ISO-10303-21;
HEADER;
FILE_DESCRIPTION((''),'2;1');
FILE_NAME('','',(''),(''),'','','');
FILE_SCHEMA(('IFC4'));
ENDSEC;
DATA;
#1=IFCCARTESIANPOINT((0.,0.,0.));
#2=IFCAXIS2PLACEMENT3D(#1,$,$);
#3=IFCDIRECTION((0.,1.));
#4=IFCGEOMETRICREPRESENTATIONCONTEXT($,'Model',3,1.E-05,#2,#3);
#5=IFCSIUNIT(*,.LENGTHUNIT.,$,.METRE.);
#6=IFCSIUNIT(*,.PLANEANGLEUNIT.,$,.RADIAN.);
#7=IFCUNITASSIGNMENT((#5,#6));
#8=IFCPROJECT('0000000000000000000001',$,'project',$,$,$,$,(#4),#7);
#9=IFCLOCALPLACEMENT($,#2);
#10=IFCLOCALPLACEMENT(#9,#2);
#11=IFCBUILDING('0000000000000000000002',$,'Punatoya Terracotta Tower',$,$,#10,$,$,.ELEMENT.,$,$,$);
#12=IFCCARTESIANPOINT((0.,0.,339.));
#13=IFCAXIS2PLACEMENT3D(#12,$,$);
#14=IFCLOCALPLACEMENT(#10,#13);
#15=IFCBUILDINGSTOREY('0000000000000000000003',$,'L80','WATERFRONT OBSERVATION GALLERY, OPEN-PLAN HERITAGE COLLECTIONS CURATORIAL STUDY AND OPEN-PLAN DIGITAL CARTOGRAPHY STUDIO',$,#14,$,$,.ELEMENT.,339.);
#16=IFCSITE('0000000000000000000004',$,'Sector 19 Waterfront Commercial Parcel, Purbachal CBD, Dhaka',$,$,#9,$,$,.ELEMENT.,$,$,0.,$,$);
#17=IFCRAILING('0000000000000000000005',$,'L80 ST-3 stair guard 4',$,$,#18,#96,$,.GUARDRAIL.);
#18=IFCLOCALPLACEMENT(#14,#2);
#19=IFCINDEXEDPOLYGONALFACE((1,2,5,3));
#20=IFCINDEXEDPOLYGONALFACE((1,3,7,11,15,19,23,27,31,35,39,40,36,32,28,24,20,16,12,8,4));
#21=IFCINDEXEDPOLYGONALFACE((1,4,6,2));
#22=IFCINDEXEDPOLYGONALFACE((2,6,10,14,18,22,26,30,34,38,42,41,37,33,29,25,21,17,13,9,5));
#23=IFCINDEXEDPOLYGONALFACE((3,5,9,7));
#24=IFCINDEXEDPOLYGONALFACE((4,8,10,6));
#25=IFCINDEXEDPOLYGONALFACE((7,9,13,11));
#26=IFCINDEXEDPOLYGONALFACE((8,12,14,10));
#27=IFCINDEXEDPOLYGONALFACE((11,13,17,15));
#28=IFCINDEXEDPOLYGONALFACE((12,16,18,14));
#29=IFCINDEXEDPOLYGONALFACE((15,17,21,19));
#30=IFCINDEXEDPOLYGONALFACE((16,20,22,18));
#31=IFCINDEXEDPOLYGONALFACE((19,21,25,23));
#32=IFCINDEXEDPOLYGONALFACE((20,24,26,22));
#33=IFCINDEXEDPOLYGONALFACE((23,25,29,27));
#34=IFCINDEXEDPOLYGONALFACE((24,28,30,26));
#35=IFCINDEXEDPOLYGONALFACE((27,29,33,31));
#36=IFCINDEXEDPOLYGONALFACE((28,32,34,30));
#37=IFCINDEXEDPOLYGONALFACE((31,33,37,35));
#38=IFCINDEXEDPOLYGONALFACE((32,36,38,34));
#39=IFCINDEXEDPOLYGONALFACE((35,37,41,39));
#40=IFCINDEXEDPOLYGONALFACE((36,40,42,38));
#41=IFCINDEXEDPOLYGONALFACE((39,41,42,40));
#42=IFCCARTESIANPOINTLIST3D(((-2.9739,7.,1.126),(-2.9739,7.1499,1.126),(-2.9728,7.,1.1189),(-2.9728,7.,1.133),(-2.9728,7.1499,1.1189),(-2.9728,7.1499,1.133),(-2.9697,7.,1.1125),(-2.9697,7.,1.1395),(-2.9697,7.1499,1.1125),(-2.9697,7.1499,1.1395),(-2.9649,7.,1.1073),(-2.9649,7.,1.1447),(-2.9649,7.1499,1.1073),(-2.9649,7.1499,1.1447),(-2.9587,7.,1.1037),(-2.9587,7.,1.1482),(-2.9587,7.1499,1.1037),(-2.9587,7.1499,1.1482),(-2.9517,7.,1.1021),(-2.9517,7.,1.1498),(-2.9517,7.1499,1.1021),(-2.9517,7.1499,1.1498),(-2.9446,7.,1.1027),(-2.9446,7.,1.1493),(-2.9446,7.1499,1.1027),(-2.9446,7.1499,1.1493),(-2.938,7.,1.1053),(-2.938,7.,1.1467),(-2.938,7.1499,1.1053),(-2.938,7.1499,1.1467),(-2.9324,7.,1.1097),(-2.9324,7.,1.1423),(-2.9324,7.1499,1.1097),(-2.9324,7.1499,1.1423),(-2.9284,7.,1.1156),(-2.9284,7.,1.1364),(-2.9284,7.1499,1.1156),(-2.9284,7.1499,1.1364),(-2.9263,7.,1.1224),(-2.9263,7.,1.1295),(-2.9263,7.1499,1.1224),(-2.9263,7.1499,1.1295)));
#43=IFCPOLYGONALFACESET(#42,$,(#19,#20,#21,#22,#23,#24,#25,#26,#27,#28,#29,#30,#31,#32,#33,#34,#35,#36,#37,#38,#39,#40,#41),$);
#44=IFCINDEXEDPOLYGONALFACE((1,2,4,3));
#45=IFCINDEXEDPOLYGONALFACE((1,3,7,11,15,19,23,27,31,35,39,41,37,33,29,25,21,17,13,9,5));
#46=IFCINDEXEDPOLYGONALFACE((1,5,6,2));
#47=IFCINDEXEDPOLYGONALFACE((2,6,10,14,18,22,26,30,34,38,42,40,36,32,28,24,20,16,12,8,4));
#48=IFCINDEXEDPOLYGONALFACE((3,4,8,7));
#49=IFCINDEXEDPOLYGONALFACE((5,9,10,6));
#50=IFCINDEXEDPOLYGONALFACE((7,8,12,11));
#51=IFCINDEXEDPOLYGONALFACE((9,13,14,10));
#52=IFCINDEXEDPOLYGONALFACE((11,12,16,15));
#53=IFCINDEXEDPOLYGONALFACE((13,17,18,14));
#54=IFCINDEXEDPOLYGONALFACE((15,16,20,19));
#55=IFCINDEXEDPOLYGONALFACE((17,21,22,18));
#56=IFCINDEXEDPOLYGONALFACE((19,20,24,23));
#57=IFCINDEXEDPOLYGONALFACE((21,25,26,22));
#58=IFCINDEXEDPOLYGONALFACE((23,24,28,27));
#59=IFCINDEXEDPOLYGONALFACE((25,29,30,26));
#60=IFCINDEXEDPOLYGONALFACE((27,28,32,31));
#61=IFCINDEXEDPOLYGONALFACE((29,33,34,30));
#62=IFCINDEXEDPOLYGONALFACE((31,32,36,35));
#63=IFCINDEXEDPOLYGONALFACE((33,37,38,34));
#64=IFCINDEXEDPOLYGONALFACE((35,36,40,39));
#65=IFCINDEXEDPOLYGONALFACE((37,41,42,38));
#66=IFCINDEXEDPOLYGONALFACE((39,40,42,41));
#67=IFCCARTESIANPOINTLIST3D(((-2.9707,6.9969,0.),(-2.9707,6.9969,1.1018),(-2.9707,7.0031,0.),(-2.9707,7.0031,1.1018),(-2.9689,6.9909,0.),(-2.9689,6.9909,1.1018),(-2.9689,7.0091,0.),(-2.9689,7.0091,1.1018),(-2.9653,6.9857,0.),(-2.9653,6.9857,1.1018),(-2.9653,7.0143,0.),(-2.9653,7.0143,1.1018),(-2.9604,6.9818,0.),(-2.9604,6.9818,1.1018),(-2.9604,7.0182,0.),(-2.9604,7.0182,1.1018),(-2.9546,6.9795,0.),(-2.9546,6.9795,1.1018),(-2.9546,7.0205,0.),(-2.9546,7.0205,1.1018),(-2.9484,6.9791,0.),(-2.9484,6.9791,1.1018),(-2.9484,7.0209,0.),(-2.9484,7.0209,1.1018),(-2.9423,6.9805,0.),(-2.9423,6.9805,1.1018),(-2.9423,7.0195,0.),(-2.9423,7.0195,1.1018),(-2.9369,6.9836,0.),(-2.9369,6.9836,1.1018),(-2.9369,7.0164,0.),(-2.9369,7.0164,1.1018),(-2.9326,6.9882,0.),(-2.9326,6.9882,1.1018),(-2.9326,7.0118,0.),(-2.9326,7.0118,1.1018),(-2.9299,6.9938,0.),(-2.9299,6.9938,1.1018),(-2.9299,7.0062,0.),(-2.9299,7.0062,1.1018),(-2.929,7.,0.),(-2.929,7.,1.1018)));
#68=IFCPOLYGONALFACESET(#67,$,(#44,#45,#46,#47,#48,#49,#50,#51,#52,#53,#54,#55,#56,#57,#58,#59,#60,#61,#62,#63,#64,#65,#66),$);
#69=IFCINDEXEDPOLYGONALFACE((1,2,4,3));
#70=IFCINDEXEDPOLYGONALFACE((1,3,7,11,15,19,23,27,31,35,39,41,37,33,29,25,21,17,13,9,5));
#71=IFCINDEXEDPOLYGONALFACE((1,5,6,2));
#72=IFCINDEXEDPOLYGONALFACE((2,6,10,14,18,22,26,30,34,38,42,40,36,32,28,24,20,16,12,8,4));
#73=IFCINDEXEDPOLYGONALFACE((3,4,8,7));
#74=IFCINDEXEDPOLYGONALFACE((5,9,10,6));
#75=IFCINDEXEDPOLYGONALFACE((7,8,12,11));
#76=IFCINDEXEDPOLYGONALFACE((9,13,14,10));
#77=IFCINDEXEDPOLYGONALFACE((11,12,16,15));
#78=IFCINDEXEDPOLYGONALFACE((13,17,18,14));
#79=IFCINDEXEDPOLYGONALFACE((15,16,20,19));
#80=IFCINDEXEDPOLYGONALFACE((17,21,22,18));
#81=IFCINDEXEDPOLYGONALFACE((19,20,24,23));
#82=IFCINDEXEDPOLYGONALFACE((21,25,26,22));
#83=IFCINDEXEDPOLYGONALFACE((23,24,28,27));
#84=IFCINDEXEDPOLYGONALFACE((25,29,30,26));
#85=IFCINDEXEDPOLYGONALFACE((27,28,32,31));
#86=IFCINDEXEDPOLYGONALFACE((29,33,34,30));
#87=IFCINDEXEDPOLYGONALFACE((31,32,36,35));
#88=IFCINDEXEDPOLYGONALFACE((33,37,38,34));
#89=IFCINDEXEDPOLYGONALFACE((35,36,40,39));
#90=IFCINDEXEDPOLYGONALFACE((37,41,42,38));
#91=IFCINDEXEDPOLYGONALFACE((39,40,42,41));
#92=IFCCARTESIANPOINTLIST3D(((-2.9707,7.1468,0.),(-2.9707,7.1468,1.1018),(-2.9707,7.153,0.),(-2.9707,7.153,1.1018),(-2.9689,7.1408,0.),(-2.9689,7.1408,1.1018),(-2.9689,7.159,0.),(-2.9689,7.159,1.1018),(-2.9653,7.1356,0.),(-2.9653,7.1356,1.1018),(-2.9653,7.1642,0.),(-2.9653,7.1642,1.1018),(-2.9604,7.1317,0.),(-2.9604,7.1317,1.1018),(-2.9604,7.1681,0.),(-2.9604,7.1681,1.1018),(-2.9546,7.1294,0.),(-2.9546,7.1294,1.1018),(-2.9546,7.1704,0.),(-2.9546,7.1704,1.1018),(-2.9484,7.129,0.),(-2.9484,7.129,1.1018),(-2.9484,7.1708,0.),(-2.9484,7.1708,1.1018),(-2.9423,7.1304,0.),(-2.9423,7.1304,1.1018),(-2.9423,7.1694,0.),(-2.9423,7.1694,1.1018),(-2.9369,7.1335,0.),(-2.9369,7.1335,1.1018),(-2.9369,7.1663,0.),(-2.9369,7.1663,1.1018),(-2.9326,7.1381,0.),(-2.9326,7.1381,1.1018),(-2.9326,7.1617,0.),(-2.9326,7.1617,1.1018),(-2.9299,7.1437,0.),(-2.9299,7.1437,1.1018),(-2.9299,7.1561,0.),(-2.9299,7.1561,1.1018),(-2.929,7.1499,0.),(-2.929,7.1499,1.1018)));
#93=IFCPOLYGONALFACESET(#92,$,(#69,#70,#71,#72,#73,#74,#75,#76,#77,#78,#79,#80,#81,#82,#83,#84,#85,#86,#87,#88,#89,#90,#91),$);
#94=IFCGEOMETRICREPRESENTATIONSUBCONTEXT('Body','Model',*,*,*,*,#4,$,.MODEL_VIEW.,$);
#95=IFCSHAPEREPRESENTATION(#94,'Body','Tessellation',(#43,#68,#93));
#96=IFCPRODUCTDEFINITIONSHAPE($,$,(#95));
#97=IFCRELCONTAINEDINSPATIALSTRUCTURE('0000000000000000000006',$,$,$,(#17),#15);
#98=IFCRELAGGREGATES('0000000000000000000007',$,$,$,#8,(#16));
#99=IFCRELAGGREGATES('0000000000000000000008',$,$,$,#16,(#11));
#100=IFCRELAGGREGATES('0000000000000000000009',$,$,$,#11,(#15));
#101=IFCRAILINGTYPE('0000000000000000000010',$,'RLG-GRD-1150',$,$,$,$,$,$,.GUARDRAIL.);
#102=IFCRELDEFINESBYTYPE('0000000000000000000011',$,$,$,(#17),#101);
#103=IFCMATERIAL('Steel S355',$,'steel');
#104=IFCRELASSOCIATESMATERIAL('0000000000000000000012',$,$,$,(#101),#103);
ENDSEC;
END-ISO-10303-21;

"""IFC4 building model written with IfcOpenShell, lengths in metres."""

from ifc_helpers import new_model, si_unit, direction, frame, origin, origin_2d, place, context, subcontext, project, spatial, circle, extrude, material, type_object, element, save


model = new_model("IFC4")

# Units and contexts
model_context = context("Model", 3, precision=1e-05, world=origin(), true_north=direction((0.0, 1.0)))
body_context = subcontext(model_context, "Body", "Model", "MODEL_VIEW")
ifc_project = project(units=[si_unit("LENGTHUNIT", "METRE"), si_unit("PLANEANGLEUNIT", "RADIAN")], contexts=[model_context])

# Site, building, storey
site_placement = place(None, origin())
site = spatial("IfcSite", under=ifc_project, at=site_placement, Name="Sector 19 Waterfront Commercial Parcel, Purbachal CBD, Dhaka", CompositionType="ELEMENT", RefElevation=0.0)
building_placement = place(site_placement, origin())
building = spatial("IfcBuilding", under=site, at=building_placement, Name="Punatoya Terracotta Tower", CompositionType="ELEMENT")
storey_placement = place(building_placement, frame((0.0, 0.0, 339.0)))
storey = spatial("IfcBuildingStorey", under=building, at=storey_placement, Name="L80", Description="WATERFRONT OBSERVATION GALLERY, OPEN-PLAN HERITAGE COLLECTIONS CURATORIAL STUDY AND OPEN-PLAN DIGITAL CARTOGRAPHY STUDIO", CompositionType="ELEMENT", Elevation=339.0)

# Shared definitions
ifc_material_1 = material(Name="Steel S355", Category="steel")

# Railing
railing_type_1 = type_object("IfcRailingType", Name="RLG-GRD-1150", PredefinedType="GUARDRAIL", material=ifc_material_1)
railing_1_placement = place(storey_placement, frame((-2.95, 7.0, 0.0)))
element("IfcRailing", 1, at=railing_1_placement, inside=storey, type_object=railing_type_1, Name="L80 ST-3 stair guard 4", PredefinedType="GUARDRAIL", context=body_context, shape_type="SweptSolid", body=[
    extrude(circle(Radius=0.0239, at=origin_2d()), frame((0.0, 0.0, 1.126), z_axis=(0.0, 1.0, 0.0), x_axis=(-1.0, 0.0, 0.0)), (0.0, 0.0, 1.0), 0.1499),
    extrude(circle(Radius=0.021, at=origin_2d()), origin(), (0.0, 0.0, 1.0), 1.1018),
    extrude(circle(Radius=0.021, at=origin_2d()), frame((0.0, 0.1499, 0.0)), (0.0, 0.0, 1.0), 1.1018),
])

save(model, "model.ifc")
